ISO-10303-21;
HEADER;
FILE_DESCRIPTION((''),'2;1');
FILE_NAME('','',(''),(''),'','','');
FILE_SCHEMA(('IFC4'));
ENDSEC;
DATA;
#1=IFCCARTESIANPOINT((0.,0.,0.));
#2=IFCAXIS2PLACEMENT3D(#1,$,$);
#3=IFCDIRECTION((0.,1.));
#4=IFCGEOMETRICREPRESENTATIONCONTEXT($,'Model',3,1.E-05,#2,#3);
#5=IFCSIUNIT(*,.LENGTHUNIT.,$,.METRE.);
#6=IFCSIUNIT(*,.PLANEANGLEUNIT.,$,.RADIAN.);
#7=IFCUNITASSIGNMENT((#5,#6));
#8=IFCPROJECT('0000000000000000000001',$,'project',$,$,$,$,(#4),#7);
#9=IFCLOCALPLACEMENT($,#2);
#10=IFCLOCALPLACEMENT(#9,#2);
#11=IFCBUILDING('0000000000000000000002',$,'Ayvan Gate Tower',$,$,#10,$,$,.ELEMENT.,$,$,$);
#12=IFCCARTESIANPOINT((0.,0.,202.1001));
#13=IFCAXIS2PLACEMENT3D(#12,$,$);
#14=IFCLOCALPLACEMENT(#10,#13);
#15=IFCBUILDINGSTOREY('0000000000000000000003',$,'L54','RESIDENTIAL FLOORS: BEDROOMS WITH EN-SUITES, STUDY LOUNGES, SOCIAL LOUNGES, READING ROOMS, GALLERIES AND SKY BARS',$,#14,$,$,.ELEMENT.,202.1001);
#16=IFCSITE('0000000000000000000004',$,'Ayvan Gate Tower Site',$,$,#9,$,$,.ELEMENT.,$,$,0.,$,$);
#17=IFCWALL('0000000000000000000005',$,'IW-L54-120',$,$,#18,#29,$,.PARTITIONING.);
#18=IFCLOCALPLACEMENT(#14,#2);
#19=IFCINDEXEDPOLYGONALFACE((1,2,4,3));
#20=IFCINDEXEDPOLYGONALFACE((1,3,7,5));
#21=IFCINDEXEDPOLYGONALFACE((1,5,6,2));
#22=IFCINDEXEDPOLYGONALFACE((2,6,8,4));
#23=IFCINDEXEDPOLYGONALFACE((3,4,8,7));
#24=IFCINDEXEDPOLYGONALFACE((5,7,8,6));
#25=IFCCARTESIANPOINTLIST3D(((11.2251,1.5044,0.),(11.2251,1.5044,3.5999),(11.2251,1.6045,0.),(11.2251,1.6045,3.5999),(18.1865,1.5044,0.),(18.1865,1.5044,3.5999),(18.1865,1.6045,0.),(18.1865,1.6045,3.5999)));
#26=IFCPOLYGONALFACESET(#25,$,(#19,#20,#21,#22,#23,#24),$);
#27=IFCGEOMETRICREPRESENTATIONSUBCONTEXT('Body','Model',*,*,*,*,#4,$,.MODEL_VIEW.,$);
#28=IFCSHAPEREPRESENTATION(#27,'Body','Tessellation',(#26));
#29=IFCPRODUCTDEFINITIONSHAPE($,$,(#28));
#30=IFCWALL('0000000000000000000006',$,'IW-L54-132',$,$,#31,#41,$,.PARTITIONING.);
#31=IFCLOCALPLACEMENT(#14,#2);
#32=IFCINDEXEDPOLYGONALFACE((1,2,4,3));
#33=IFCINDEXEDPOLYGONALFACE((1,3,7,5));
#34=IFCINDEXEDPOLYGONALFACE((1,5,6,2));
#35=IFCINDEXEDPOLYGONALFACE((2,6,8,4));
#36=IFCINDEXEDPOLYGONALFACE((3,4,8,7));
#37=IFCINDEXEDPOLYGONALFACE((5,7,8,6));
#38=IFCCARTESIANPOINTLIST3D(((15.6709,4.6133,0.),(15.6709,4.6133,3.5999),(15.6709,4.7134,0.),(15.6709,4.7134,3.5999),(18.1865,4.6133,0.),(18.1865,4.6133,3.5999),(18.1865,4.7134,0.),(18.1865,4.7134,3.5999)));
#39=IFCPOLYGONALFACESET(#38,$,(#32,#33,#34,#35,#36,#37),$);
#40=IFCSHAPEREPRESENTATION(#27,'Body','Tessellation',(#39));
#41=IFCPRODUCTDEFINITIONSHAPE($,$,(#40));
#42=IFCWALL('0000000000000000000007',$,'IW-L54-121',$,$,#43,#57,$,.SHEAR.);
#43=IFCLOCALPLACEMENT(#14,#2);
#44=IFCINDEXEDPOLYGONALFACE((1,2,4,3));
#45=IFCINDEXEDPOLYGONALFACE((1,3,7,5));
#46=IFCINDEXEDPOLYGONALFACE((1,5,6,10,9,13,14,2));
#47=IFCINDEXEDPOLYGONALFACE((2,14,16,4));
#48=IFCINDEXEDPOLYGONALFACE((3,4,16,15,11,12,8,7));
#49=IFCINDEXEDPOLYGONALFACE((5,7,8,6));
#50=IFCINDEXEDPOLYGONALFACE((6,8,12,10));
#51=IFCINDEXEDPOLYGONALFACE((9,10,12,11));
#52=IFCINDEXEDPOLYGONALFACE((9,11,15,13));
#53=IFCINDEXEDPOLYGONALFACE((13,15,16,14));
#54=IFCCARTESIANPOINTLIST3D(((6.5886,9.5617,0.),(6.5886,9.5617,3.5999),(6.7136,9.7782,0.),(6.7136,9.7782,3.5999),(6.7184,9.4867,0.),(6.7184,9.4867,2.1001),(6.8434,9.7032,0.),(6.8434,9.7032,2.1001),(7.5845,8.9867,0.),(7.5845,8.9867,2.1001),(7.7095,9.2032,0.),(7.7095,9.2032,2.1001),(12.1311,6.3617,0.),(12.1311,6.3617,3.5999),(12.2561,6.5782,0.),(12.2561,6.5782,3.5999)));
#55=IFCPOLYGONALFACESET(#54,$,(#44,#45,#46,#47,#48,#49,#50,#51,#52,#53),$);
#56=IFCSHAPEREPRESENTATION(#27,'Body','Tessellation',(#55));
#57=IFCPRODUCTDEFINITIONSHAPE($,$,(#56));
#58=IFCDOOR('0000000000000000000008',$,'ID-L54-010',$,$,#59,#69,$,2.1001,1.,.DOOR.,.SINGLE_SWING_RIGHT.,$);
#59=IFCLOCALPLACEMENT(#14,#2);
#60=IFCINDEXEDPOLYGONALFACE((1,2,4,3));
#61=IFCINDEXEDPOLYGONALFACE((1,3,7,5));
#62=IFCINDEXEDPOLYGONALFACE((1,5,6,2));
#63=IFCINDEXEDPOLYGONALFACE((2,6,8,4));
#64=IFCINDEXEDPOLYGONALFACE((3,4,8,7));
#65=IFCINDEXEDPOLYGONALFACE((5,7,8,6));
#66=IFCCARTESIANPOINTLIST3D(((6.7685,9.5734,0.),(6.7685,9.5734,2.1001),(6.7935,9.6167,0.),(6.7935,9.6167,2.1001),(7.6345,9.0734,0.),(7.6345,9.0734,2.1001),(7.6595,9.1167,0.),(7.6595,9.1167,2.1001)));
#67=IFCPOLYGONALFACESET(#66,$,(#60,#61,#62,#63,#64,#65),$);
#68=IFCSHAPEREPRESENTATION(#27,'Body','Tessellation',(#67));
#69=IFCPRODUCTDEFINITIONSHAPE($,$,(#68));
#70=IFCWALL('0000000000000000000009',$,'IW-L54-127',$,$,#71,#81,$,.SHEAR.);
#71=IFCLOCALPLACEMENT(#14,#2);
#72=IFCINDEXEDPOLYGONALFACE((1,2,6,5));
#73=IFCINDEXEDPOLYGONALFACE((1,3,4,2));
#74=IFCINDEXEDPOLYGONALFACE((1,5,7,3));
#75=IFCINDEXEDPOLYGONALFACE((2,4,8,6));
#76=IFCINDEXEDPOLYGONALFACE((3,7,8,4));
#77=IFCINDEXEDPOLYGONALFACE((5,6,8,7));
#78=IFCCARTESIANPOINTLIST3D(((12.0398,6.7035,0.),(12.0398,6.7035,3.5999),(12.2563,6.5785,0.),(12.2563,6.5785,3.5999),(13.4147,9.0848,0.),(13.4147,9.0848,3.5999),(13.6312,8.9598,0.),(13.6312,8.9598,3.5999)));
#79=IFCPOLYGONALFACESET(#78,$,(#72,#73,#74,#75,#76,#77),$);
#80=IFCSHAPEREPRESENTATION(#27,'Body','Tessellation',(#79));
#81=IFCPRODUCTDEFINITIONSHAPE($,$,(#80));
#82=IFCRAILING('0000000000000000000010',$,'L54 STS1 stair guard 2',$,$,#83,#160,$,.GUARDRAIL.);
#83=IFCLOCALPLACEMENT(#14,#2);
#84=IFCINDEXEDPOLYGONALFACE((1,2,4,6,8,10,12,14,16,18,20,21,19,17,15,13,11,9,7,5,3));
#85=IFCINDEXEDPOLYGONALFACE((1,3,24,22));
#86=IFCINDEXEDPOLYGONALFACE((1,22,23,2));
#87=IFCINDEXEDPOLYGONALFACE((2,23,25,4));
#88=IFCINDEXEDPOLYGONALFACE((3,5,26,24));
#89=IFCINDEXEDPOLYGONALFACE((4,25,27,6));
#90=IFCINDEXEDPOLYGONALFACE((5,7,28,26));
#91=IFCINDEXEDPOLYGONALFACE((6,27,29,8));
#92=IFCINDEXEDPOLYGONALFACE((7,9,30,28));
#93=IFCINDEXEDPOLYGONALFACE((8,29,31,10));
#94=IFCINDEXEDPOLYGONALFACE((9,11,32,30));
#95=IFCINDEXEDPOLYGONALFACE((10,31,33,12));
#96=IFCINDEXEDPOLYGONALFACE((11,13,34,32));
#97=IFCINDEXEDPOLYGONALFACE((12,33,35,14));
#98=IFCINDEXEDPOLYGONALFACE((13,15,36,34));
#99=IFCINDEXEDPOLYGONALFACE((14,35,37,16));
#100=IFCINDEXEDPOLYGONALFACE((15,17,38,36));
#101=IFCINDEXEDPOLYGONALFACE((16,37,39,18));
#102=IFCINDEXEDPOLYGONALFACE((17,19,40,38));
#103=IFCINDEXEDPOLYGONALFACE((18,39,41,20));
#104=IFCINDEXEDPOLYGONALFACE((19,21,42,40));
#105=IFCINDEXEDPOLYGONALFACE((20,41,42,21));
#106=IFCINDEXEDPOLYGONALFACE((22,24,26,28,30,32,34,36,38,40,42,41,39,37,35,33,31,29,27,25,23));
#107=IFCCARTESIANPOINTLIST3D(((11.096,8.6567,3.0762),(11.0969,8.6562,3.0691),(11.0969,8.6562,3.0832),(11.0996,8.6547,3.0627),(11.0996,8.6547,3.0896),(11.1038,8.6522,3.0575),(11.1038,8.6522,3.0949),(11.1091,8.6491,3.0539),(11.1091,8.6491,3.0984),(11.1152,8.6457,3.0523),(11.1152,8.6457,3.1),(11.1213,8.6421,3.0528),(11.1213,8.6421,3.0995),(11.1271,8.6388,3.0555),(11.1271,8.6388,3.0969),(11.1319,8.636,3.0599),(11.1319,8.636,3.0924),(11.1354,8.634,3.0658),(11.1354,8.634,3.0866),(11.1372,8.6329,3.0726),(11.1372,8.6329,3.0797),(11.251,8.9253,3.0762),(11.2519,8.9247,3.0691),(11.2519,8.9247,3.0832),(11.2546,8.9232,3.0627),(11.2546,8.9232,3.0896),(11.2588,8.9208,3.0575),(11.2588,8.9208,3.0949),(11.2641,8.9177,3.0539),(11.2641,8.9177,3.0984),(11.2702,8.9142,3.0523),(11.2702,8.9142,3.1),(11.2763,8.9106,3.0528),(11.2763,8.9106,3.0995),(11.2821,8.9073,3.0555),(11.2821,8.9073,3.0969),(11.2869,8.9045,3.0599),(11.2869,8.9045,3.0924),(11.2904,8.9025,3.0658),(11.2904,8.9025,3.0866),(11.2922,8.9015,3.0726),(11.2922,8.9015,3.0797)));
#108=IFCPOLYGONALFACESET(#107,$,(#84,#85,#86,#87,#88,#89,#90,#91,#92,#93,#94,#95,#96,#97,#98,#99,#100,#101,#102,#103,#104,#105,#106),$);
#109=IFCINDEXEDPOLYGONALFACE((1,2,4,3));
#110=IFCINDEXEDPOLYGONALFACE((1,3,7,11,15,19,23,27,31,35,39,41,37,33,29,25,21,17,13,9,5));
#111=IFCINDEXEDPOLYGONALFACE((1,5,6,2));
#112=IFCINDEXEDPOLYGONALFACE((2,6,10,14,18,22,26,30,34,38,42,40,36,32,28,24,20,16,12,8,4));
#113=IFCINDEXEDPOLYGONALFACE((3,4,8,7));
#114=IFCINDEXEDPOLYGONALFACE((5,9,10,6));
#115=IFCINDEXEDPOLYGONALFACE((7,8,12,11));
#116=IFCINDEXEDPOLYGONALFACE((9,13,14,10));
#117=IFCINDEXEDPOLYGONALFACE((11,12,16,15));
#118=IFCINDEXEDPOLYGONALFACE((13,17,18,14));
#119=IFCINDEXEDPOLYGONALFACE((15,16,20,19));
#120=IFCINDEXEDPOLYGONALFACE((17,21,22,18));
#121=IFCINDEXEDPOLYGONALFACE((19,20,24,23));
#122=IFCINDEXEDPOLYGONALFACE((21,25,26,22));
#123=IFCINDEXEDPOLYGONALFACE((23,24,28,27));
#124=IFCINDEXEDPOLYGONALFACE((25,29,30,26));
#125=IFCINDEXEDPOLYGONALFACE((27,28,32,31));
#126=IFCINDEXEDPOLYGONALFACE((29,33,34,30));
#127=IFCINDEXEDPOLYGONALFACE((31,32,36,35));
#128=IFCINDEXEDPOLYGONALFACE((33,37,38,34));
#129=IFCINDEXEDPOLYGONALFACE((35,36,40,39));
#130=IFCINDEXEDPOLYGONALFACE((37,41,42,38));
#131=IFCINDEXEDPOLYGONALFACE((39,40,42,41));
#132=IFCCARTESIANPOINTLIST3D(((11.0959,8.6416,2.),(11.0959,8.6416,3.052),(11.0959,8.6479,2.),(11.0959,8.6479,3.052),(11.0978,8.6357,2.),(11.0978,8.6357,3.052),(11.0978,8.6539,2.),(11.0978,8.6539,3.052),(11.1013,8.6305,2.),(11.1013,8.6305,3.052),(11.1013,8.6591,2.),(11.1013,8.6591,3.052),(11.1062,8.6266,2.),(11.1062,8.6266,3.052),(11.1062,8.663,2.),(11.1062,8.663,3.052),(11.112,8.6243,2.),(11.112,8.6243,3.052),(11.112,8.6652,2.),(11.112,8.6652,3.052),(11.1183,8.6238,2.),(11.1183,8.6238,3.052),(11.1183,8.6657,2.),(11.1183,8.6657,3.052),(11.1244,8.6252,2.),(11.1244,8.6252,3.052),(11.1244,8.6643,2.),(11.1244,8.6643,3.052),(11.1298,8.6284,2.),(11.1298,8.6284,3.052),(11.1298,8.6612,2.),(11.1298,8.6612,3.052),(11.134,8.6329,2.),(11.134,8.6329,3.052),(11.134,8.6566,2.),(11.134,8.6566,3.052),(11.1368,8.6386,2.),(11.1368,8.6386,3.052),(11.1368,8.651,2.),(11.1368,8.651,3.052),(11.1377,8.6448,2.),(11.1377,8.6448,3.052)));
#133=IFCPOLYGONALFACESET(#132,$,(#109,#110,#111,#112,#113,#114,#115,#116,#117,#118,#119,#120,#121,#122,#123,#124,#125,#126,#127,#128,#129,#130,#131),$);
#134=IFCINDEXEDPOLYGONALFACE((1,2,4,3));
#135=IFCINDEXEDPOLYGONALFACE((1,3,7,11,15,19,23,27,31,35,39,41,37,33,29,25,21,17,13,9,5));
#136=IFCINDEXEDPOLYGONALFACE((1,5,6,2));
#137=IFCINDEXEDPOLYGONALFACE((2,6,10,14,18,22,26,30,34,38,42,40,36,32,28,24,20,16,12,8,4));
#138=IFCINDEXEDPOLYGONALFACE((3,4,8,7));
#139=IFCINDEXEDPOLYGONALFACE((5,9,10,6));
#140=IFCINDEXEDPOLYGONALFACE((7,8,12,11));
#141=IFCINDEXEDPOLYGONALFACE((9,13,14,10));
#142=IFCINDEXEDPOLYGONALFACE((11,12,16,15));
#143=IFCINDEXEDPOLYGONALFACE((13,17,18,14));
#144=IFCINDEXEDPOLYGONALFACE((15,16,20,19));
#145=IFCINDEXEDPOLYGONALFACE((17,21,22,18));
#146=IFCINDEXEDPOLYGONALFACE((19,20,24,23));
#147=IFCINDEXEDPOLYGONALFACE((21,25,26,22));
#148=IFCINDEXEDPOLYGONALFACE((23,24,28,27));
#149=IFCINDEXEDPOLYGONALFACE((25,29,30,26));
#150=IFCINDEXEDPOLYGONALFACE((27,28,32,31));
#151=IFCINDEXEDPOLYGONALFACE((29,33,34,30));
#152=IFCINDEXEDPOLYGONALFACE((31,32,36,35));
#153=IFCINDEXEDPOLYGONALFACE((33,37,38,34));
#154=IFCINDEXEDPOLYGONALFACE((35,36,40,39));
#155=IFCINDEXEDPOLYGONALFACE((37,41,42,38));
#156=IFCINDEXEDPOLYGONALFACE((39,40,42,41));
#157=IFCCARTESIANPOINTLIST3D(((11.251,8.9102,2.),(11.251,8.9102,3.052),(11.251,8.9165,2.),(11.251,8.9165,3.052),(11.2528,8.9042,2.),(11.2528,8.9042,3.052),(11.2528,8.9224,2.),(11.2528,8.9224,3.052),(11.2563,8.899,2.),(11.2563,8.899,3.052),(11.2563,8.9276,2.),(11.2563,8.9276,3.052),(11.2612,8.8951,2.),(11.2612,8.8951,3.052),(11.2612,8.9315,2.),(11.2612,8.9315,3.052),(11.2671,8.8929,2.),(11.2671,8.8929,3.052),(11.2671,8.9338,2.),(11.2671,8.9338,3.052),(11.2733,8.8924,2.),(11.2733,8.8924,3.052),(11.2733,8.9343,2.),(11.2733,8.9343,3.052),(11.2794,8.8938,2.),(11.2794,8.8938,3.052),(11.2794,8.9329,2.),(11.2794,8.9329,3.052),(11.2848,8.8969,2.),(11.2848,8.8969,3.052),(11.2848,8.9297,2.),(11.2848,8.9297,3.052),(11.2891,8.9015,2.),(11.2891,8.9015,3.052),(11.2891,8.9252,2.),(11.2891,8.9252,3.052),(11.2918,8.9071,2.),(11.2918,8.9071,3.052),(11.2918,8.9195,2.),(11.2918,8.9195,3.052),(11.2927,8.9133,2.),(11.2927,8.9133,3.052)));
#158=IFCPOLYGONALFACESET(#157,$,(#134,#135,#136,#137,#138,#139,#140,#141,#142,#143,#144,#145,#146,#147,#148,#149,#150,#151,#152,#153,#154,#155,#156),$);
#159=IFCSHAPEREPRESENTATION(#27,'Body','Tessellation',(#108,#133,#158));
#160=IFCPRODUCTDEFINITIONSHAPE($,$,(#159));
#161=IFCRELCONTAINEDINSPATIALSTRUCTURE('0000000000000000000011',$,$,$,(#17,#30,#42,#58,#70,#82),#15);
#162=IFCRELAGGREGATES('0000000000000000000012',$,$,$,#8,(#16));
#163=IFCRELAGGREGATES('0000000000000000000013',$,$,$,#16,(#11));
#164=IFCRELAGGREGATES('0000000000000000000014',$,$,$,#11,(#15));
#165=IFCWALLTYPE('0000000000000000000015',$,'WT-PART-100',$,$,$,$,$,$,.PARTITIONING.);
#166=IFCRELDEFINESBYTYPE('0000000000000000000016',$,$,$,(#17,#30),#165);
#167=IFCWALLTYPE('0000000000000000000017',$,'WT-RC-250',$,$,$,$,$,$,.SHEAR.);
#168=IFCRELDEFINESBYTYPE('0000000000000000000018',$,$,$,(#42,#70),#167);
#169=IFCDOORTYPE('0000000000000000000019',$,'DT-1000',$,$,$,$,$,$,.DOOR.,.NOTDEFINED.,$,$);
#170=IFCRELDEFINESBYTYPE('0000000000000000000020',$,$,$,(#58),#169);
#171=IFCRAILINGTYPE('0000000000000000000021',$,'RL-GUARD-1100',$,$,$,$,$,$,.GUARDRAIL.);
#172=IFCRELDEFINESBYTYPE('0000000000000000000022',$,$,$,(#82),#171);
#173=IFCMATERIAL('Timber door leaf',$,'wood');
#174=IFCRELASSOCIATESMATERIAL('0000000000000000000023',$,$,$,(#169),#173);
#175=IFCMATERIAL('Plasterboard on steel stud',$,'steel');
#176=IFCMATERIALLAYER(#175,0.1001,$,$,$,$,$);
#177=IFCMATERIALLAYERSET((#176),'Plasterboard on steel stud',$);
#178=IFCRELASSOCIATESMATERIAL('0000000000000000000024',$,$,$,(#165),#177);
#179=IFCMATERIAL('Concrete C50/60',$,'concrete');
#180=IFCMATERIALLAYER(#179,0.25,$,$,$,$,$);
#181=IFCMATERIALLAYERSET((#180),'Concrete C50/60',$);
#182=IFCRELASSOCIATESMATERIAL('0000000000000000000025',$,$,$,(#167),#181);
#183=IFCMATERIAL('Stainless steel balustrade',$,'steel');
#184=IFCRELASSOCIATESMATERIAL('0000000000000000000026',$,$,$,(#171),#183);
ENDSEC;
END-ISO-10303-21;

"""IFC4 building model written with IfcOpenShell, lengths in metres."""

from ifc_helpers import new_model, si_unit, direction, frame, frame_2d, origin, origin_2d, place, context, subcontext, project, spatial, rectangle, circle, extrude, material, layer, layer_set, type_object, element, fill, save


model = new_model("IFC4")

# Units and contexts
model_context = context("Model", 3, precision=1e-05, world=origin(), true_north=direction((0.0, 1.0)))
body_context = subcontext(model_context, "Body", "Model", "MODEL_VIEW")
ifc_project = project(units=[si_unit("LENGTHUNIT", "METRE"), si_unit("PLANEANGLEUNIT", "RADIAN")], contexts=[model_context])

# Site, building, storey
site_placement = place(None, origin())
site = spatial("IfcSite", under=ifc_project, at=site_placement, Name="Ayvan Gate Tower Site", CompositionType="ELEMENT", RefElevation=0.0)
building_placement = place(site_placement, origin())
building = spatial("IfcBuilding", under=site, at=building_placement, Name="Ayvan Gate Tower", CompositionType="ELEMENT")
storey_placement = place(building_placement, frame((0.0, 0.0, 202.1001)))
storey = spatial("IfcBuildingStorey", under=building, at=storey_placement, Name="L54", Description="RESIDENTIAL FLOORS: BEDROOMS WITH EN-SUITES, STUDY LOUNGES, SOCIAL LOUNGES, READING ROOMS, GALLERIES AND SKY BARS", CompositionType="ELEMENT", Elevation=202.1001)

# Shared definitions
ifc_material_1 = material(Name="Timber door leaf", Category="wood")

# Shared definitions
ifc_material_2 = material(Name="Plasterboard on steel stud", Category="steel")

# Shared definitions
door_type_1 = type_object("IfcDoorType", Name="DT-1000", OperationType="NOTDEFINED", PredefinedType="DOOR", material=ifc_material_1)

# Walls
ifc_layer_1 = layer(ifc_material_2, 0.1001)
ifc_layer_set_1 = layer_set([ifc_layer_1], Name="Plasterboard on steel stud")
wall_type_1 = type_object("IfcWallType", Name="WT-PART-100", PredefinedType="PARTITIONING", material=ifc_layer_set_1)
wall_1_placement = place(storey_placement, frame((11.2251, 1.5544, 0.0), z_axis=(0.0, 0.0, 1.0), x_axis=(1.0, 0.0, 0.0)))
element("IfcWall", 1, at=wall_1_placement, inside=storey, type_object=wall_type_1, Name="IW-L54-120", PredefinedType="PARTITIONING", context=body_context, shape_type="SweptSolid", body=[
    extrude(rectangle(XDim=6.9614, YDim=0.1001, at=frame_2d((3.4807, 0.0))), origin(), (0.0, 0.0, 1.0), 3.5999),
])
wall_2_placement = place(storey_placement, frame((15.6709, 4.6633, 0.0), z_axis=(0.0, 0.0, 1.0), x_axis=(1.0, 0.0, 0.0)))
element("IfcWall", 2, at=wall_2_placement, inside=storey, type_object=wall_type_1, Name="IW-L54-132", PredefinedType="PARTITIONING", context=body_context, shape_type="SweptSolid", body=[
    extrude(rectangle(XDim=2.5156, YDim=0.1001, at=frame_2d((1.2578, 0.0))), origin(), (0.0, 0.0, 1.0), 3.5999),
])

# Wall, opening, door
ifc_material_3 = material(Name="Concrete C50/60", Category="concrete")
ifc_layer_2 = layer(ifc_material_3, 0.25)
ifc_layer_set_2 = layer_set([ifc_layer_2], Name="Concrete C50/60")
wall_type_2 = type_object("IfcWallType", Name="WT-RC-250", PredefinedType="SHEAR", material=ifc_layer_set_2)
wall_3_placement = place(storey_placement, frame((12.1936, 6.47, 0.0), z_axis=(0.0, 0.0, 1.0), x_axis=(-0.866025, 0.5, 0.0)))
wall_3 = element("IfcWall", 3, at=wall_3_placement, inside=storey, type_object=wall_type_2, Name="IW-L54-121", PredefinedType="SHEAR", context=body_context, shape_type="SweptSolid", body=[
    extrude(rectangle(XDim=6.3999, YDim=0.25, at=frame_2d((3.2, 0.0))), origin(), (0.0, 0.0, 1.0), 3.5999),
])
opening_1_placement = place(wall_3_placement, frame((5.25, 0.0, 0.0)))
opening_1 = element("IfcOpeningElement", 4, at=opening_1_placement, cuts=wall_3, PredefinedType="OPENING", context=body_context, shape_type="SweptSolid", body=[
    extrude(rectangle(XDim=1.0, YDim=2.1001, at=frame_2d((0.5, 1.05))), frame((0.0, 0.135, 0.0), z_axis=(0.0, -1.0, 0.0), x_axis=(1.0, 0.0, 0.0)), (0.0, 0.0, 1.0), 0.27),
])
door_1_placement = place(opening_1_placement, origin())
door_1 = element("IfcDoor", 5, at=door_1_placement, inside=storey, type_object=door_type_1, Name="ID-L54-010", OperationType="SINGLE_SWING_RIGHT", OverallHeight=2.1001, OverallWidth=1.0, PredefinedType="DOOR", context=body_context, shape_type="SweptSolid", body=[
    extrude(rectangle(XDim=1.0, YDim=2.1001, at=frame_2d((0.5, 1.05))), frame((0.0, 0.0249, 0.0), z_axis=(0.0, -1.0, 0.0), x_axis=(1.0, 0.0, 0.0)), (0.0, 0.0, 1.0), 0.05),
])
fill(opening_1, door_1)

# Wall
wall_4_placement = place(storey_placement, frame((12.1479, 6.6409, 0.0), z_axis=(0.0, 0.0, 1.0), x_axis=(0.500035, 0.866005, 0.0)))
element("IfcWall", 6, at=wall_4_placement, inside=storey, type_object=wall_type_2, Name="IW-L54-127", PredefinedType="SHEAR", context=body_context, shape_type="SweptSolid", body=[
    extrude(rectangle(XDim=2.7498, YDim=0.25, at=frame_2d((1.375, 0.0))), origin(), (0.0, 0.0, 1.0), 3.5999),
])

# Railing
ifc_material_4 = material(Name="Stainless steel balustrade", Category="steel")
railing_type_1 = type_object("IfcRailingType", Name="RL-GUARD-1100", PredefinedType="GUARDRAIL", material=ifc_material_4)
railing_1_placement = place(storey_placement, frame((11.1167, 8.6448, 2.0)))
element("IfcRailing", 7, at=railing_1_placement, inside=storey, type_object=railing_type_1, Name="L54 STS1 stair guard 2", PredefinedType="GUARDRAIL", context=body_context, shape_type="SweptSolid", body=[
    extrude(circle(Radius=0.0239, at=origin_2d()), frame((0.0, 0.0, 1.0762), z_axis=(0.49995, 0.866054, 0.0), x_axis=(-0.866054, 0.49995, 0.0)), (0.0, 0.0, 1.0), 0.3101),
    extrude(circle(Radius=0.021, at=origin_2d()), origin(), (0.0, 0.0, 1.0), 1.052),
    extrude(circle(Radius=0.021, at=origin_2d()), frame((0.155, 0.2686, 0.0)), (0.0, 0.0, 1.0), 1.052),
])

save(model, "model.ifc")
